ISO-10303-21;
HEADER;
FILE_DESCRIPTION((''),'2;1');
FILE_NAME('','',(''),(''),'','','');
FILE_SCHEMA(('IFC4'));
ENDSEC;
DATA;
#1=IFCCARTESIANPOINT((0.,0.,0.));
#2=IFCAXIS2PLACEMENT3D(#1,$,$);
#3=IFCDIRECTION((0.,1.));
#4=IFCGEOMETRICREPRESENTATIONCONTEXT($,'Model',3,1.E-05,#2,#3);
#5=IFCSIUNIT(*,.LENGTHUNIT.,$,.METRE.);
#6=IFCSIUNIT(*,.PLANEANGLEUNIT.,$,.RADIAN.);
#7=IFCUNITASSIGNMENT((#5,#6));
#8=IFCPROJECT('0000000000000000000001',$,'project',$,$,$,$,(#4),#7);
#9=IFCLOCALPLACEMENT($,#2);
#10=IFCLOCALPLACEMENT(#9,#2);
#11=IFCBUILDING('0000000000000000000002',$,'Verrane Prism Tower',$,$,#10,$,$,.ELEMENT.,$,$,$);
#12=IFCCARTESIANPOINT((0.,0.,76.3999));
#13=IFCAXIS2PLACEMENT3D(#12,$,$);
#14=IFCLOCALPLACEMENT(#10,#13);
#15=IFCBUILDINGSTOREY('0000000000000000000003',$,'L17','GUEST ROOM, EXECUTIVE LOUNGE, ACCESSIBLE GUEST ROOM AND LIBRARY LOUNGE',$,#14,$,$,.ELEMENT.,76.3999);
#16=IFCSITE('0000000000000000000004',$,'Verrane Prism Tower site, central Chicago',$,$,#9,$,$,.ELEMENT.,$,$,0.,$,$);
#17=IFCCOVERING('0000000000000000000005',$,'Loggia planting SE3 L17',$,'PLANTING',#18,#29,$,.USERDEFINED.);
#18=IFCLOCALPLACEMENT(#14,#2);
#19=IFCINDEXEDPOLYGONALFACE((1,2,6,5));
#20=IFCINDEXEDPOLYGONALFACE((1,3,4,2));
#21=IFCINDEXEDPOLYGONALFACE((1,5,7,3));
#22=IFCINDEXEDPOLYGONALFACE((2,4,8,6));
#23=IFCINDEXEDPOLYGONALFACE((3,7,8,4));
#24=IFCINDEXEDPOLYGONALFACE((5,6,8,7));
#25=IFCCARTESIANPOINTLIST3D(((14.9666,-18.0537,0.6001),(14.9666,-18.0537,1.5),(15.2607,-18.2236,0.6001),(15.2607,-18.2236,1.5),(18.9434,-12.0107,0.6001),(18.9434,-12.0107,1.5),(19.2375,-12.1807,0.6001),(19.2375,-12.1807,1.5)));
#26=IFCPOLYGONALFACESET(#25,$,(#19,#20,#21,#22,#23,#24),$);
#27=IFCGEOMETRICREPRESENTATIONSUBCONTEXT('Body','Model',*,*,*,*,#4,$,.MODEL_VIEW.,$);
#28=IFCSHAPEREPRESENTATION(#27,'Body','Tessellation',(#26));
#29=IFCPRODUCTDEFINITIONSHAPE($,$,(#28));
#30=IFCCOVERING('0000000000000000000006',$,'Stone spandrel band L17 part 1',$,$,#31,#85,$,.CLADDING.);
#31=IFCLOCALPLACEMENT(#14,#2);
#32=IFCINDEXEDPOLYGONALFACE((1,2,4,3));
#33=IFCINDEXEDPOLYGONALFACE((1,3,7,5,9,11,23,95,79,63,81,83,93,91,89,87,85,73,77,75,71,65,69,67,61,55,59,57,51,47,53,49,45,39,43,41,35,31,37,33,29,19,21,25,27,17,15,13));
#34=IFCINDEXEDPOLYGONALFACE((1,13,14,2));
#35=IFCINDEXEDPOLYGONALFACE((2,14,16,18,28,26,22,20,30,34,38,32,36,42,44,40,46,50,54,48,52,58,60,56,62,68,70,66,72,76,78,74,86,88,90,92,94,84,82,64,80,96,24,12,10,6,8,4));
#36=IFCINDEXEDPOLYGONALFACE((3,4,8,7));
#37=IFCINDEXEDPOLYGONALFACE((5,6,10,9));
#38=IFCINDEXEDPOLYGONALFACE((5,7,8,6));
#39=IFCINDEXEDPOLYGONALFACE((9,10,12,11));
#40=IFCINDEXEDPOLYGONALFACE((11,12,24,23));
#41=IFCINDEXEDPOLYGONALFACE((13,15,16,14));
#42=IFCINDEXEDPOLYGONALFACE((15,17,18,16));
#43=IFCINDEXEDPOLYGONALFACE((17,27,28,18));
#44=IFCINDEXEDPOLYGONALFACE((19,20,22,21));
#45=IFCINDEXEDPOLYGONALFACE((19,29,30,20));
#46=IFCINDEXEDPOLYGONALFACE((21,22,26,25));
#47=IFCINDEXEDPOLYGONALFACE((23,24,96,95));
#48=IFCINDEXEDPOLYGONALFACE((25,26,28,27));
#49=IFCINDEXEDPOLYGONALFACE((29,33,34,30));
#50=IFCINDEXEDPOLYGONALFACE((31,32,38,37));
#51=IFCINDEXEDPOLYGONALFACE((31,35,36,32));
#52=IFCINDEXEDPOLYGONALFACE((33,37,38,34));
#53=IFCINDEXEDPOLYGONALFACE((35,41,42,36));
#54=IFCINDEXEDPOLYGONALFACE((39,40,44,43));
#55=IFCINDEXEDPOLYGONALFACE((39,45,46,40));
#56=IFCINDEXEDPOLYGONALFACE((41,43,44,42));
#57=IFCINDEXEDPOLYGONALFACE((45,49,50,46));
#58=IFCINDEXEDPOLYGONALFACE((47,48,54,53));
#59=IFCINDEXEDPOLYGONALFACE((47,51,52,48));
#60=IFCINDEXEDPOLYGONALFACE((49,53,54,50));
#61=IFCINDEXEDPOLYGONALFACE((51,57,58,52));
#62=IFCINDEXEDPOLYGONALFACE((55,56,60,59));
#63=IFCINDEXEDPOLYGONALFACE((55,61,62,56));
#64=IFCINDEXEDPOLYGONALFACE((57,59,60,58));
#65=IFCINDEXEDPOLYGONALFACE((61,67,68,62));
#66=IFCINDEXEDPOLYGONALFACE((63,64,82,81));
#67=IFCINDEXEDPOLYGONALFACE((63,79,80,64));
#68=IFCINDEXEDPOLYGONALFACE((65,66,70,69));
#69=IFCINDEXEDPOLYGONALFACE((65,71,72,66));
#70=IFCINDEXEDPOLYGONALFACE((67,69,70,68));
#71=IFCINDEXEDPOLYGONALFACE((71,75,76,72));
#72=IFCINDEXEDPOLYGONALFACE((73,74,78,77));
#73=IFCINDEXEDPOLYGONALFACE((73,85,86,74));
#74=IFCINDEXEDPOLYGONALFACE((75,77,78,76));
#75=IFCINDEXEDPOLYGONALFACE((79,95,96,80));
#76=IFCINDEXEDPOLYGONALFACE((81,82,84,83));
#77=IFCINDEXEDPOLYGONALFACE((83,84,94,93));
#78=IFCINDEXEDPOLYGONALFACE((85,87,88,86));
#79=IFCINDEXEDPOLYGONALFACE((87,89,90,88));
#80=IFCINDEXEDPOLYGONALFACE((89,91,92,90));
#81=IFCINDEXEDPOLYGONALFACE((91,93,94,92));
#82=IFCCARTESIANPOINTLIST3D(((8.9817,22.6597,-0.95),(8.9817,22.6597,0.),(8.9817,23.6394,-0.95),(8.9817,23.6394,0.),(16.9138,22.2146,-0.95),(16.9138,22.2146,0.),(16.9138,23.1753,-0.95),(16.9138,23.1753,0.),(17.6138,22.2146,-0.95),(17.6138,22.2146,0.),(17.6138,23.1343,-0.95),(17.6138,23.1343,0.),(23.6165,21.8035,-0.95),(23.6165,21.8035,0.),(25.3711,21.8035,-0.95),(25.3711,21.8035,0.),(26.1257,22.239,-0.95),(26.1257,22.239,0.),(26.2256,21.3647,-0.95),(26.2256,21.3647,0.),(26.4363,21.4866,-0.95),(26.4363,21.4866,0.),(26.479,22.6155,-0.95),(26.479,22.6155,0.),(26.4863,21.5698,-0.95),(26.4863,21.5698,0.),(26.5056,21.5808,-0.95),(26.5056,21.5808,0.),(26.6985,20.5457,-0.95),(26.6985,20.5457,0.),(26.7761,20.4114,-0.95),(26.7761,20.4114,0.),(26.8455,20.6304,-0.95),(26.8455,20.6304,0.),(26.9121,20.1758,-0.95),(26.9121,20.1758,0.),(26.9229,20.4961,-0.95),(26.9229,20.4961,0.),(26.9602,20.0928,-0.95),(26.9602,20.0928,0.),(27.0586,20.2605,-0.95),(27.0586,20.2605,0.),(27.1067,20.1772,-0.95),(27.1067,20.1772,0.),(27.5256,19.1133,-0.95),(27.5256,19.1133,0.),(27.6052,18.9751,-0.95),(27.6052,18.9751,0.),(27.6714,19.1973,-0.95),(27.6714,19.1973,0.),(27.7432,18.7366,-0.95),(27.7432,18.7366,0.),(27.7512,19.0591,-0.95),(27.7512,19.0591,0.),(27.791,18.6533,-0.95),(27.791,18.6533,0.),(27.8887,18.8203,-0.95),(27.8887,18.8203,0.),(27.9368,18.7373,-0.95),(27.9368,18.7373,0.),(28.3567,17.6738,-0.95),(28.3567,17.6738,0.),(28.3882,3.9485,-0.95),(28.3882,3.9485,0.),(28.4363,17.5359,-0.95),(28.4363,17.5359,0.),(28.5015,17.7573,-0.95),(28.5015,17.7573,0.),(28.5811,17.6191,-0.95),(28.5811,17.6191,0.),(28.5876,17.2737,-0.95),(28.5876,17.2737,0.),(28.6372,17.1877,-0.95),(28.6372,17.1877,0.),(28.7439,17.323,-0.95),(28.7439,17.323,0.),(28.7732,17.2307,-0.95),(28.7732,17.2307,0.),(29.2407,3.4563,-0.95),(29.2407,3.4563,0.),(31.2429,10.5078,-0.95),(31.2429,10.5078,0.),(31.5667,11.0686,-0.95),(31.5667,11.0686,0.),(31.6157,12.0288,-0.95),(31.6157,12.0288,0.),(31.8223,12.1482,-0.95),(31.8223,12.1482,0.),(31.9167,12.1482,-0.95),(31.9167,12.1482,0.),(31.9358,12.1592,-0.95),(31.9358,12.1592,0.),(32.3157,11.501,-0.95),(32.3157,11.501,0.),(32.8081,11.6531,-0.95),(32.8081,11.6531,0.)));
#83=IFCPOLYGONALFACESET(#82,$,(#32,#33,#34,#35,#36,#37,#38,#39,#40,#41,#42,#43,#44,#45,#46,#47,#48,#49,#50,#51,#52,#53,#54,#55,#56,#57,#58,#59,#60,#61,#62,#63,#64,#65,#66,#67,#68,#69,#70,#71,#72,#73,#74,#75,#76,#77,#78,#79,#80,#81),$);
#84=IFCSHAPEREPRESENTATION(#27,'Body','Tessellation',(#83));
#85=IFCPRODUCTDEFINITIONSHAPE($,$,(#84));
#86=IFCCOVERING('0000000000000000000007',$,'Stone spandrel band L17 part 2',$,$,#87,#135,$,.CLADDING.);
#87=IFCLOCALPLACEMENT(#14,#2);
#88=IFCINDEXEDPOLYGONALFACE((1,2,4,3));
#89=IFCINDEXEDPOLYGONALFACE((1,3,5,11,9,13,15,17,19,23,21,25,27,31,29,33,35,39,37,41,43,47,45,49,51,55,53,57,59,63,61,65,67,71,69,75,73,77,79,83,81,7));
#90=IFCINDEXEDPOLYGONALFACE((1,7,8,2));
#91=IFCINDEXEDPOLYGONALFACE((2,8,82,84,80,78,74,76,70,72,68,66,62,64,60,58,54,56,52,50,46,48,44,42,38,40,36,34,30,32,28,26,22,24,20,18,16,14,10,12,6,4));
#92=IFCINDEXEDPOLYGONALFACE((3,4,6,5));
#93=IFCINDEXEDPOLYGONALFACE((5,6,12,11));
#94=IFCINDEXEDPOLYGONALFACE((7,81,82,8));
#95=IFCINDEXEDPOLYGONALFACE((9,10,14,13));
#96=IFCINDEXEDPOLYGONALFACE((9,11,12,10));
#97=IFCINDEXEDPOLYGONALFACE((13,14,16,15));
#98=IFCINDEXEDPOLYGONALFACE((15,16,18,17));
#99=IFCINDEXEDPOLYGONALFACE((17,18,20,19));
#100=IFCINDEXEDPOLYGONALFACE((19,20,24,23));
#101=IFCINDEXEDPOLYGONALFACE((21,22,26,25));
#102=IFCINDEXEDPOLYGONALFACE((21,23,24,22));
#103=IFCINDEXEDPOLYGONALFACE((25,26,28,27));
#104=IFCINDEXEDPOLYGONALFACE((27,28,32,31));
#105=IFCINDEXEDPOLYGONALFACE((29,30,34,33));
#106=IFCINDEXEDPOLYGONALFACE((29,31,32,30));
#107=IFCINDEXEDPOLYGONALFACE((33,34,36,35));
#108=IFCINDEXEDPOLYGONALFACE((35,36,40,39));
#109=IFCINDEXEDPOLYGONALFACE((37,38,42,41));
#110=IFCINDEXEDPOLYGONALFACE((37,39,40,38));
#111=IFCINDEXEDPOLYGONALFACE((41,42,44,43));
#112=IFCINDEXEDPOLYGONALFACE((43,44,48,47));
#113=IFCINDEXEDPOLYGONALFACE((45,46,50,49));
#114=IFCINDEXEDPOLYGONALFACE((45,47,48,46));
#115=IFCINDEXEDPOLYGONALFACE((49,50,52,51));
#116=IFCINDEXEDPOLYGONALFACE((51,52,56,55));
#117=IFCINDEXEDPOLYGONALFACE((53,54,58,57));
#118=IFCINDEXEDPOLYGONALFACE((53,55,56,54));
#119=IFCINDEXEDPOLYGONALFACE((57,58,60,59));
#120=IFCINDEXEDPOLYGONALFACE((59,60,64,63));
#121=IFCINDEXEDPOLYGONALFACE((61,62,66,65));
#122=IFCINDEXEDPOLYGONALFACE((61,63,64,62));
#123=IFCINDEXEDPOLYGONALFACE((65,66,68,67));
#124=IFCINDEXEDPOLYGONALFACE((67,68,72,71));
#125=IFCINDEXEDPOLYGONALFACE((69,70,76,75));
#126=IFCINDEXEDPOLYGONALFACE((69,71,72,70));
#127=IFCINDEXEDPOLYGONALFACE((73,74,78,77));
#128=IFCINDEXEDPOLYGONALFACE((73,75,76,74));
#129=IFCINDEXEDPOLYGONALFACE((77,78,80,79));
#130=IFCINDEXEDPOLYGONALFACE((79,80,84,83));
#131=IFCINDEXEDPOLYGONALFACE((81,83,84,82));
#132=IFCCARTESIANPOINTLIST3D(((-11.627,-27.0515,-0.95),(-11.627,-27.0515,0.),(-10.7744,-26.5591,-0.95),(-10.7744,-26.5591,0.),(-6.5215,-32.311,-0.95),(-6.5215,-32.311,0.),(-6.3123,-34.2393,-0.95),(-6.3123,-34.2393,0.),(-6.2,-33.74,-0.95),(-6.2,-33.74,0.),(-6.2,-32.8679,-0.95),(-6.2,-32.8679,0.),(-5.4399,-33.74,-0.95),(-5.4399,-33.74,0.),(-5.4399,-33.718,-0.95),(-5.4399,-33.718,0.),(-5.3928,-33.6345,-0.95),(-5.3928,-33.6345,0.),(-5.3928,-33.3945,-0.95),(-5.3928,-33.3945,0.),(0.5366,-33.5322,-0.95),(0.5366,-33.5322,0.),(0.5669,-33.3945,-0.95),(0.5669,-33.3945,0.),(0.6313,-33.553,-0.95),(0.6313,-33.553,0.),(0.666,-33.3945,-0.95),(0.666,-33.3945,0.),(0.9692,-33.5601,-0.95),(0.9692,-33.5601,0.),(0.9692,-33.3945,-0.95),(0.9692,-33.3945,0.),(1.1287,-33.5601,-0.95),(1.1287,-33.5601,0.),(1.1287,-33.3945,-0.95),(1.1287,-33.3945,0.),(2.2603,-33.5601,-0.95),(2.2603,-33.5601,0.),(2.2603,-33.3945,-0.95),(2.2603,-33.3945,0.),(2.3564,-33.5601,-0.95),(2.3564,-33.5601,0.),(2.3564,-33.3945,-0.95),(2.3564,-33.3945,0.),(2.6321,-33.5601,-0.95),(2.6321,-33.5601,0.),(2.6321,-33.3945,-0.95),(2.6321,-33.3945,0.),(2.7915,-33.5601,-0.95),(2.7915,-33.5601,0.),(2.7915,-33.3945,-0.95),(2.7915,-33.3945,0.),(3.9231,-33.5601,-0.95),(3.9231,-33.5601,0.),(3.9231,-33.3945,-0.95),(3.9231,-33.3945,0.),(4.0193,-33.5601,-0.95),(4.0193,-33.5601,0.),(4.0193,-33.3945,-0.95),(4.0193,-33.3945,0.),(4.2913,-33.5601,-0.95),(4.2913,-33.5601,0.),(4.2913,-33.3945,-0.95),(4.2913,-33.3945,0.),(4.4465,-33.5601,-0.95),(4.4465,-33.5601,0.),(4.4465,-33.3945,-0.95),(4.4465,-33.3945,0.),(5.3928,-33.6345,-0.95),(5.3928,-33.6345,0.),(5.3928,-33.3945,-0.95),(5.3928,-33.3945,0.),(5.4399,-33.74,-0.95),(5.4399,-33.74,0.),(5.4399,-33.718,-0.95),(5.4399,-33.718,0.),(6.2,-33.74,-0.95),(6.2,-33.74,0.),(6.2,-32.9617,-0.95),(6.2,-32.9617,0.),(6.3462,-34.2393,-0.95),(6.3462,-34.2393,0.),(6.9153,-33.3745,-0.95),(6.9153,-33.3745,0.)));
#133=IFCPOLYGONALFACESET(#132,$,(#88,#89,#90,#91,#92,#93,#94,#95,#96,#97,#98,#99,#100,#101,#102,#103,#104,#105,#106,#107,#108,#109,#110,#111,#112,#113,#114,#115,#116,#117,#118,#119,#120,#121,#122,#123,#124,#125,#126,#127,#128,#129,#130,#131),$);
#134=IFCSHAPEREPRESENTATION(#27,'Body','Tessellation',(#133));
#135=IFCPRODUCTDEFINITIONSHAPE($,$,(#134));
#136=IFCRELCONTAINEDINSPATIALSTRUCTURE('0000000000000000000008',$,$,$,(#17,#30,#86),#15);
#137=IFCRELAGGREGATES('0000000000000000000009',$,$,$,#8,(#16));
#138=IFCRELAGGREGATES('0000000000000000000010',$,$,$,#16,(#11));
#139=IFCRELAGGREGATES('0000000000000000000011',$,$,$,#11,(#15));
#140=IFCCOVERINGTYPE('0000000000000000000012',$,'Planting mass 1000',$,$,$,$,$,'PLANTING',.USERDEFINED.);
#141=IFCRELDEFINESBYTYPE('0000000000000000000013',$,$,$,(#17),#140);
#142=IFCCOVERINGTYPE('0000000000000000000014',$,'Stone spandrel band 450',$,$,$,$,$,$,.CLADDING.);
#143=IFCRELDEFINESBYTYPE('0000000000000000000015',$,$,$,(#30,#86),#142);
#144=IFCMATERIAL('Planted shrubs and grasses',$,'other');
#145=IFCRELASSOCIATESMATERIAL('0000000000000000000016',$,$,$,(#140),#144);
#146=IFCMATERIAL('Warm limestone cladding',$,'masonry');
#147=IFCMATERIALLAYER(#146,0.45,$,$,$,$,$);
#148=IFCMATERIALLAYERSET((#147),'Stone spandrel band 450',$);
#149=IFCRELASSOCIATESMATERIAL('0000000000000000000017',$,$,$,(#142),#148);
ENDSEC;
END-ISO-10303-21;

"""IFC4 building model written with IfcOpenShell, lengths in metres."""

from ifc_helpers import new_model, si_unit, direction, frame, origin, place, context, subcontext, project, spatial, polyline, outline, extrude, material, layer, layer_set, type_object, element, save


model = new_model("IFC4")

# Units and contexts
model_context = context("Model", 3, precision=1e-05, world=origin(), true_north=direction((0.0, 1.0)))
body_context = subcontext(model_context, "Body", "Model", "MODEL_VIEW")
ifc_project = project(units=[si_unit("LENGTHUNIT", "METRE"), si_unit("PLANEANGLEUNIT", "RADIAN")], contexts=[model_context])

# Site, building, storey
site_placement = place(None, origin())
site = spatial("IfcSite", under=ifc_project, at=site_placement, Name="Verrane Prism Tower site, central Chicago", CompositionType="ELEMENT", RefElevation=0.0)
building_placement = place(site_placement, origin())
building = spatial("IfcBuilding", under=site, at=building_placement, Name="Verrane Prism Tower", CompositionType="ELEMENT")
storey_placement = place(building_placement, frame((0.0, 0.0, 76.3999)))
storey = spatial("IfcBuildingStorey", under=building, at=storey_placement, Name="L17", Description="GUEST ROOM, EXECUTIVE LOUNGE, ACCESSIBLE GUEST ROOM AND LIBRARY LOUNGE", CompositionType="ELEMENT", Elevation=76.3999)

# Coverings
ifc_material_1 = material(Name="Planted shrubs and grasses", Category="other")
covering_type_1 = type_object("IfcCoveringType", Name="Planting mass 1000", ElementType="PLANTING", PredefinedType="USERDEFINED", material=ifc_material_1)
covering_1_placement = place(storey_placement, frame((0.0, 0.0, 0.6001)))
element("IfcCovering", 1, at=covering_1_placement, inside=storey, type_object=covering_type_1, Name="Loggia planting SE3 L17", ObjectType="PLANTING", PredefinedType="USERDEFINED", context=body_context, shape_type="SweptSolid", body=[
    extrude(outline(polyline([(19.2375, -12.1807), (18.9434, -12.0107), (14.9666, -18.0537), (15.2607, -18.2236), (19.2375, -12.1807)])), origin(), (0.0, 0.0, 1.0), 0.8999),
])
ifc_material_2 = material(Name="Warm limestone cladding", Category="masonry")
ifc_layer_1 = layer(ifc_material_2, 0.45)
ifc_layer_set_1 = layer_set([ifc_layer_1], Name="Stone spandrel band 450")
covering_type_2 = type_object("IfcCoveringType", Name="Stone spandrel band 450", PredefinedType="CLADDING", material=ifc_layer_set_1)
covering_2_placement = place(storey_placement, frame((0.0, 0.0, -0.95)))
element("IfcCovering", 2, at=covering_2_placement, inside=storey, type_object=covering_type_2, Name="Stone spandrel band L17 part 1", PredefinedType="CLADDING", context=body_context, shape_type="SweptSolid", body=[
    extrude(outline(polyline([(8.9817, 22.6597), (23.6165, 21.8035), (25.3711, 21.8035), (26.1257, 22.239), (26.5056, 21.5808), (26.4863, 21.5698), (26.4363, 21.4866), (26.2256, 21.3647), (26.6985, 20.5457), (26.8455, 20.6304), (26.9229, 20.4961), (26.7761, 20.4114), (26.9121, 20.1758), (27.0586, 20.2605), (27.1067, 20.1772), (26.9602, 20.0928), (27.5256, 19.1133), (27.6714, 19.1973), (27.7512, 19.0591), (27.6052, 18.9751), (27.7432, 18.7366), (27.8887, 18.8203), (27.9368, 18.7373), (27.791, 18.6533), (28.3567, 17.6738), (28.5015, 17.7573), (28.5811, 17.6191), (28.4363, 17.5359), (28.5876, 17.2737), (28.7439, 17.323), (28.7732, 17.2307), (28.6372, 17.1877), (31.6157, 12.0288), (31.8223, 12.1482), (31.9167, 12.1482), (31.9358, 12.1592), (32.3157, 11.501), (31.5667, 11.0686), (31.2429, 10.5078), (28.3882, 3.9485), (29.2407, 3.4563), (32.8081, 11.6531), (26.479, 22.6155), (17.6138, 23.1343), (17.6138, 22.2146), (16.9138, 22.2146), (16.9138, 23.1753), (8.9817, 23.6394), (8.9817, 22.6597)])), origin(), (0.0, 0.0, 1.0), 0.95),
])
covering_3_placement = place(storey_placement, frame((0.0, 0.0, -0.95)))
element("IfcCovering", 3, at=covering_3_placement, inside=storey, type_object=covering_type_2, Name="Stone spandrel band L17 part 2", PredefinedType="CLADDING", context=body_context, shape_type="SweptSolid", body=[
    extrude(outline(polyline([(6.3462, -34.2393), (6.9153, -33.3745), (6.2, -32.9617), (6.2, -33.74), (5.4399, -33.74), (5.4399, -33.718), (5.3928, -33.6345), (5.3928, -33.3945), (4.4465, -33.3945), (4.4465, -33.5601), (4.2913, -33.5601), (4.2913, -33.3945), (4.0193, -33.3945), (4.0193, -33.5601), (3.9231, -33.5601), (3.9231, -33.3945), (2.7915, -33.3945), (2.7915, -33.5601), (2.6321, -33.5601), (2.6321, -33.3945), (2.3564, -33.3945), (2.3564, -33.5601), (2.2603, -33.5601), (2.2603, -33.3945), (1.1287, -33.3945), (1.1287, -33.5601), (0.9692, -33.5601), (0.9692, -33.3945), (0.666, -33.3945), (0.6313, -33.553), (0.5366, -33.5322), (0.5669, -33.3945), (-5.3928, -33.3945), (-5.3928, -33.6345), (-5.4399, -33.718), (-5.4399, -33.74), (-6.2, -33.74), (-6.2, -32.8679), (-6.5215, -32.311), (-10.7744, -26.5591), (-11.627, -27.0515), (-6.3123, -34.2393), (6.3462, -34.2393)])), origin(), (0.0, 0.0, 1.0), 0.95),
])

save(model, "model.ifc")
